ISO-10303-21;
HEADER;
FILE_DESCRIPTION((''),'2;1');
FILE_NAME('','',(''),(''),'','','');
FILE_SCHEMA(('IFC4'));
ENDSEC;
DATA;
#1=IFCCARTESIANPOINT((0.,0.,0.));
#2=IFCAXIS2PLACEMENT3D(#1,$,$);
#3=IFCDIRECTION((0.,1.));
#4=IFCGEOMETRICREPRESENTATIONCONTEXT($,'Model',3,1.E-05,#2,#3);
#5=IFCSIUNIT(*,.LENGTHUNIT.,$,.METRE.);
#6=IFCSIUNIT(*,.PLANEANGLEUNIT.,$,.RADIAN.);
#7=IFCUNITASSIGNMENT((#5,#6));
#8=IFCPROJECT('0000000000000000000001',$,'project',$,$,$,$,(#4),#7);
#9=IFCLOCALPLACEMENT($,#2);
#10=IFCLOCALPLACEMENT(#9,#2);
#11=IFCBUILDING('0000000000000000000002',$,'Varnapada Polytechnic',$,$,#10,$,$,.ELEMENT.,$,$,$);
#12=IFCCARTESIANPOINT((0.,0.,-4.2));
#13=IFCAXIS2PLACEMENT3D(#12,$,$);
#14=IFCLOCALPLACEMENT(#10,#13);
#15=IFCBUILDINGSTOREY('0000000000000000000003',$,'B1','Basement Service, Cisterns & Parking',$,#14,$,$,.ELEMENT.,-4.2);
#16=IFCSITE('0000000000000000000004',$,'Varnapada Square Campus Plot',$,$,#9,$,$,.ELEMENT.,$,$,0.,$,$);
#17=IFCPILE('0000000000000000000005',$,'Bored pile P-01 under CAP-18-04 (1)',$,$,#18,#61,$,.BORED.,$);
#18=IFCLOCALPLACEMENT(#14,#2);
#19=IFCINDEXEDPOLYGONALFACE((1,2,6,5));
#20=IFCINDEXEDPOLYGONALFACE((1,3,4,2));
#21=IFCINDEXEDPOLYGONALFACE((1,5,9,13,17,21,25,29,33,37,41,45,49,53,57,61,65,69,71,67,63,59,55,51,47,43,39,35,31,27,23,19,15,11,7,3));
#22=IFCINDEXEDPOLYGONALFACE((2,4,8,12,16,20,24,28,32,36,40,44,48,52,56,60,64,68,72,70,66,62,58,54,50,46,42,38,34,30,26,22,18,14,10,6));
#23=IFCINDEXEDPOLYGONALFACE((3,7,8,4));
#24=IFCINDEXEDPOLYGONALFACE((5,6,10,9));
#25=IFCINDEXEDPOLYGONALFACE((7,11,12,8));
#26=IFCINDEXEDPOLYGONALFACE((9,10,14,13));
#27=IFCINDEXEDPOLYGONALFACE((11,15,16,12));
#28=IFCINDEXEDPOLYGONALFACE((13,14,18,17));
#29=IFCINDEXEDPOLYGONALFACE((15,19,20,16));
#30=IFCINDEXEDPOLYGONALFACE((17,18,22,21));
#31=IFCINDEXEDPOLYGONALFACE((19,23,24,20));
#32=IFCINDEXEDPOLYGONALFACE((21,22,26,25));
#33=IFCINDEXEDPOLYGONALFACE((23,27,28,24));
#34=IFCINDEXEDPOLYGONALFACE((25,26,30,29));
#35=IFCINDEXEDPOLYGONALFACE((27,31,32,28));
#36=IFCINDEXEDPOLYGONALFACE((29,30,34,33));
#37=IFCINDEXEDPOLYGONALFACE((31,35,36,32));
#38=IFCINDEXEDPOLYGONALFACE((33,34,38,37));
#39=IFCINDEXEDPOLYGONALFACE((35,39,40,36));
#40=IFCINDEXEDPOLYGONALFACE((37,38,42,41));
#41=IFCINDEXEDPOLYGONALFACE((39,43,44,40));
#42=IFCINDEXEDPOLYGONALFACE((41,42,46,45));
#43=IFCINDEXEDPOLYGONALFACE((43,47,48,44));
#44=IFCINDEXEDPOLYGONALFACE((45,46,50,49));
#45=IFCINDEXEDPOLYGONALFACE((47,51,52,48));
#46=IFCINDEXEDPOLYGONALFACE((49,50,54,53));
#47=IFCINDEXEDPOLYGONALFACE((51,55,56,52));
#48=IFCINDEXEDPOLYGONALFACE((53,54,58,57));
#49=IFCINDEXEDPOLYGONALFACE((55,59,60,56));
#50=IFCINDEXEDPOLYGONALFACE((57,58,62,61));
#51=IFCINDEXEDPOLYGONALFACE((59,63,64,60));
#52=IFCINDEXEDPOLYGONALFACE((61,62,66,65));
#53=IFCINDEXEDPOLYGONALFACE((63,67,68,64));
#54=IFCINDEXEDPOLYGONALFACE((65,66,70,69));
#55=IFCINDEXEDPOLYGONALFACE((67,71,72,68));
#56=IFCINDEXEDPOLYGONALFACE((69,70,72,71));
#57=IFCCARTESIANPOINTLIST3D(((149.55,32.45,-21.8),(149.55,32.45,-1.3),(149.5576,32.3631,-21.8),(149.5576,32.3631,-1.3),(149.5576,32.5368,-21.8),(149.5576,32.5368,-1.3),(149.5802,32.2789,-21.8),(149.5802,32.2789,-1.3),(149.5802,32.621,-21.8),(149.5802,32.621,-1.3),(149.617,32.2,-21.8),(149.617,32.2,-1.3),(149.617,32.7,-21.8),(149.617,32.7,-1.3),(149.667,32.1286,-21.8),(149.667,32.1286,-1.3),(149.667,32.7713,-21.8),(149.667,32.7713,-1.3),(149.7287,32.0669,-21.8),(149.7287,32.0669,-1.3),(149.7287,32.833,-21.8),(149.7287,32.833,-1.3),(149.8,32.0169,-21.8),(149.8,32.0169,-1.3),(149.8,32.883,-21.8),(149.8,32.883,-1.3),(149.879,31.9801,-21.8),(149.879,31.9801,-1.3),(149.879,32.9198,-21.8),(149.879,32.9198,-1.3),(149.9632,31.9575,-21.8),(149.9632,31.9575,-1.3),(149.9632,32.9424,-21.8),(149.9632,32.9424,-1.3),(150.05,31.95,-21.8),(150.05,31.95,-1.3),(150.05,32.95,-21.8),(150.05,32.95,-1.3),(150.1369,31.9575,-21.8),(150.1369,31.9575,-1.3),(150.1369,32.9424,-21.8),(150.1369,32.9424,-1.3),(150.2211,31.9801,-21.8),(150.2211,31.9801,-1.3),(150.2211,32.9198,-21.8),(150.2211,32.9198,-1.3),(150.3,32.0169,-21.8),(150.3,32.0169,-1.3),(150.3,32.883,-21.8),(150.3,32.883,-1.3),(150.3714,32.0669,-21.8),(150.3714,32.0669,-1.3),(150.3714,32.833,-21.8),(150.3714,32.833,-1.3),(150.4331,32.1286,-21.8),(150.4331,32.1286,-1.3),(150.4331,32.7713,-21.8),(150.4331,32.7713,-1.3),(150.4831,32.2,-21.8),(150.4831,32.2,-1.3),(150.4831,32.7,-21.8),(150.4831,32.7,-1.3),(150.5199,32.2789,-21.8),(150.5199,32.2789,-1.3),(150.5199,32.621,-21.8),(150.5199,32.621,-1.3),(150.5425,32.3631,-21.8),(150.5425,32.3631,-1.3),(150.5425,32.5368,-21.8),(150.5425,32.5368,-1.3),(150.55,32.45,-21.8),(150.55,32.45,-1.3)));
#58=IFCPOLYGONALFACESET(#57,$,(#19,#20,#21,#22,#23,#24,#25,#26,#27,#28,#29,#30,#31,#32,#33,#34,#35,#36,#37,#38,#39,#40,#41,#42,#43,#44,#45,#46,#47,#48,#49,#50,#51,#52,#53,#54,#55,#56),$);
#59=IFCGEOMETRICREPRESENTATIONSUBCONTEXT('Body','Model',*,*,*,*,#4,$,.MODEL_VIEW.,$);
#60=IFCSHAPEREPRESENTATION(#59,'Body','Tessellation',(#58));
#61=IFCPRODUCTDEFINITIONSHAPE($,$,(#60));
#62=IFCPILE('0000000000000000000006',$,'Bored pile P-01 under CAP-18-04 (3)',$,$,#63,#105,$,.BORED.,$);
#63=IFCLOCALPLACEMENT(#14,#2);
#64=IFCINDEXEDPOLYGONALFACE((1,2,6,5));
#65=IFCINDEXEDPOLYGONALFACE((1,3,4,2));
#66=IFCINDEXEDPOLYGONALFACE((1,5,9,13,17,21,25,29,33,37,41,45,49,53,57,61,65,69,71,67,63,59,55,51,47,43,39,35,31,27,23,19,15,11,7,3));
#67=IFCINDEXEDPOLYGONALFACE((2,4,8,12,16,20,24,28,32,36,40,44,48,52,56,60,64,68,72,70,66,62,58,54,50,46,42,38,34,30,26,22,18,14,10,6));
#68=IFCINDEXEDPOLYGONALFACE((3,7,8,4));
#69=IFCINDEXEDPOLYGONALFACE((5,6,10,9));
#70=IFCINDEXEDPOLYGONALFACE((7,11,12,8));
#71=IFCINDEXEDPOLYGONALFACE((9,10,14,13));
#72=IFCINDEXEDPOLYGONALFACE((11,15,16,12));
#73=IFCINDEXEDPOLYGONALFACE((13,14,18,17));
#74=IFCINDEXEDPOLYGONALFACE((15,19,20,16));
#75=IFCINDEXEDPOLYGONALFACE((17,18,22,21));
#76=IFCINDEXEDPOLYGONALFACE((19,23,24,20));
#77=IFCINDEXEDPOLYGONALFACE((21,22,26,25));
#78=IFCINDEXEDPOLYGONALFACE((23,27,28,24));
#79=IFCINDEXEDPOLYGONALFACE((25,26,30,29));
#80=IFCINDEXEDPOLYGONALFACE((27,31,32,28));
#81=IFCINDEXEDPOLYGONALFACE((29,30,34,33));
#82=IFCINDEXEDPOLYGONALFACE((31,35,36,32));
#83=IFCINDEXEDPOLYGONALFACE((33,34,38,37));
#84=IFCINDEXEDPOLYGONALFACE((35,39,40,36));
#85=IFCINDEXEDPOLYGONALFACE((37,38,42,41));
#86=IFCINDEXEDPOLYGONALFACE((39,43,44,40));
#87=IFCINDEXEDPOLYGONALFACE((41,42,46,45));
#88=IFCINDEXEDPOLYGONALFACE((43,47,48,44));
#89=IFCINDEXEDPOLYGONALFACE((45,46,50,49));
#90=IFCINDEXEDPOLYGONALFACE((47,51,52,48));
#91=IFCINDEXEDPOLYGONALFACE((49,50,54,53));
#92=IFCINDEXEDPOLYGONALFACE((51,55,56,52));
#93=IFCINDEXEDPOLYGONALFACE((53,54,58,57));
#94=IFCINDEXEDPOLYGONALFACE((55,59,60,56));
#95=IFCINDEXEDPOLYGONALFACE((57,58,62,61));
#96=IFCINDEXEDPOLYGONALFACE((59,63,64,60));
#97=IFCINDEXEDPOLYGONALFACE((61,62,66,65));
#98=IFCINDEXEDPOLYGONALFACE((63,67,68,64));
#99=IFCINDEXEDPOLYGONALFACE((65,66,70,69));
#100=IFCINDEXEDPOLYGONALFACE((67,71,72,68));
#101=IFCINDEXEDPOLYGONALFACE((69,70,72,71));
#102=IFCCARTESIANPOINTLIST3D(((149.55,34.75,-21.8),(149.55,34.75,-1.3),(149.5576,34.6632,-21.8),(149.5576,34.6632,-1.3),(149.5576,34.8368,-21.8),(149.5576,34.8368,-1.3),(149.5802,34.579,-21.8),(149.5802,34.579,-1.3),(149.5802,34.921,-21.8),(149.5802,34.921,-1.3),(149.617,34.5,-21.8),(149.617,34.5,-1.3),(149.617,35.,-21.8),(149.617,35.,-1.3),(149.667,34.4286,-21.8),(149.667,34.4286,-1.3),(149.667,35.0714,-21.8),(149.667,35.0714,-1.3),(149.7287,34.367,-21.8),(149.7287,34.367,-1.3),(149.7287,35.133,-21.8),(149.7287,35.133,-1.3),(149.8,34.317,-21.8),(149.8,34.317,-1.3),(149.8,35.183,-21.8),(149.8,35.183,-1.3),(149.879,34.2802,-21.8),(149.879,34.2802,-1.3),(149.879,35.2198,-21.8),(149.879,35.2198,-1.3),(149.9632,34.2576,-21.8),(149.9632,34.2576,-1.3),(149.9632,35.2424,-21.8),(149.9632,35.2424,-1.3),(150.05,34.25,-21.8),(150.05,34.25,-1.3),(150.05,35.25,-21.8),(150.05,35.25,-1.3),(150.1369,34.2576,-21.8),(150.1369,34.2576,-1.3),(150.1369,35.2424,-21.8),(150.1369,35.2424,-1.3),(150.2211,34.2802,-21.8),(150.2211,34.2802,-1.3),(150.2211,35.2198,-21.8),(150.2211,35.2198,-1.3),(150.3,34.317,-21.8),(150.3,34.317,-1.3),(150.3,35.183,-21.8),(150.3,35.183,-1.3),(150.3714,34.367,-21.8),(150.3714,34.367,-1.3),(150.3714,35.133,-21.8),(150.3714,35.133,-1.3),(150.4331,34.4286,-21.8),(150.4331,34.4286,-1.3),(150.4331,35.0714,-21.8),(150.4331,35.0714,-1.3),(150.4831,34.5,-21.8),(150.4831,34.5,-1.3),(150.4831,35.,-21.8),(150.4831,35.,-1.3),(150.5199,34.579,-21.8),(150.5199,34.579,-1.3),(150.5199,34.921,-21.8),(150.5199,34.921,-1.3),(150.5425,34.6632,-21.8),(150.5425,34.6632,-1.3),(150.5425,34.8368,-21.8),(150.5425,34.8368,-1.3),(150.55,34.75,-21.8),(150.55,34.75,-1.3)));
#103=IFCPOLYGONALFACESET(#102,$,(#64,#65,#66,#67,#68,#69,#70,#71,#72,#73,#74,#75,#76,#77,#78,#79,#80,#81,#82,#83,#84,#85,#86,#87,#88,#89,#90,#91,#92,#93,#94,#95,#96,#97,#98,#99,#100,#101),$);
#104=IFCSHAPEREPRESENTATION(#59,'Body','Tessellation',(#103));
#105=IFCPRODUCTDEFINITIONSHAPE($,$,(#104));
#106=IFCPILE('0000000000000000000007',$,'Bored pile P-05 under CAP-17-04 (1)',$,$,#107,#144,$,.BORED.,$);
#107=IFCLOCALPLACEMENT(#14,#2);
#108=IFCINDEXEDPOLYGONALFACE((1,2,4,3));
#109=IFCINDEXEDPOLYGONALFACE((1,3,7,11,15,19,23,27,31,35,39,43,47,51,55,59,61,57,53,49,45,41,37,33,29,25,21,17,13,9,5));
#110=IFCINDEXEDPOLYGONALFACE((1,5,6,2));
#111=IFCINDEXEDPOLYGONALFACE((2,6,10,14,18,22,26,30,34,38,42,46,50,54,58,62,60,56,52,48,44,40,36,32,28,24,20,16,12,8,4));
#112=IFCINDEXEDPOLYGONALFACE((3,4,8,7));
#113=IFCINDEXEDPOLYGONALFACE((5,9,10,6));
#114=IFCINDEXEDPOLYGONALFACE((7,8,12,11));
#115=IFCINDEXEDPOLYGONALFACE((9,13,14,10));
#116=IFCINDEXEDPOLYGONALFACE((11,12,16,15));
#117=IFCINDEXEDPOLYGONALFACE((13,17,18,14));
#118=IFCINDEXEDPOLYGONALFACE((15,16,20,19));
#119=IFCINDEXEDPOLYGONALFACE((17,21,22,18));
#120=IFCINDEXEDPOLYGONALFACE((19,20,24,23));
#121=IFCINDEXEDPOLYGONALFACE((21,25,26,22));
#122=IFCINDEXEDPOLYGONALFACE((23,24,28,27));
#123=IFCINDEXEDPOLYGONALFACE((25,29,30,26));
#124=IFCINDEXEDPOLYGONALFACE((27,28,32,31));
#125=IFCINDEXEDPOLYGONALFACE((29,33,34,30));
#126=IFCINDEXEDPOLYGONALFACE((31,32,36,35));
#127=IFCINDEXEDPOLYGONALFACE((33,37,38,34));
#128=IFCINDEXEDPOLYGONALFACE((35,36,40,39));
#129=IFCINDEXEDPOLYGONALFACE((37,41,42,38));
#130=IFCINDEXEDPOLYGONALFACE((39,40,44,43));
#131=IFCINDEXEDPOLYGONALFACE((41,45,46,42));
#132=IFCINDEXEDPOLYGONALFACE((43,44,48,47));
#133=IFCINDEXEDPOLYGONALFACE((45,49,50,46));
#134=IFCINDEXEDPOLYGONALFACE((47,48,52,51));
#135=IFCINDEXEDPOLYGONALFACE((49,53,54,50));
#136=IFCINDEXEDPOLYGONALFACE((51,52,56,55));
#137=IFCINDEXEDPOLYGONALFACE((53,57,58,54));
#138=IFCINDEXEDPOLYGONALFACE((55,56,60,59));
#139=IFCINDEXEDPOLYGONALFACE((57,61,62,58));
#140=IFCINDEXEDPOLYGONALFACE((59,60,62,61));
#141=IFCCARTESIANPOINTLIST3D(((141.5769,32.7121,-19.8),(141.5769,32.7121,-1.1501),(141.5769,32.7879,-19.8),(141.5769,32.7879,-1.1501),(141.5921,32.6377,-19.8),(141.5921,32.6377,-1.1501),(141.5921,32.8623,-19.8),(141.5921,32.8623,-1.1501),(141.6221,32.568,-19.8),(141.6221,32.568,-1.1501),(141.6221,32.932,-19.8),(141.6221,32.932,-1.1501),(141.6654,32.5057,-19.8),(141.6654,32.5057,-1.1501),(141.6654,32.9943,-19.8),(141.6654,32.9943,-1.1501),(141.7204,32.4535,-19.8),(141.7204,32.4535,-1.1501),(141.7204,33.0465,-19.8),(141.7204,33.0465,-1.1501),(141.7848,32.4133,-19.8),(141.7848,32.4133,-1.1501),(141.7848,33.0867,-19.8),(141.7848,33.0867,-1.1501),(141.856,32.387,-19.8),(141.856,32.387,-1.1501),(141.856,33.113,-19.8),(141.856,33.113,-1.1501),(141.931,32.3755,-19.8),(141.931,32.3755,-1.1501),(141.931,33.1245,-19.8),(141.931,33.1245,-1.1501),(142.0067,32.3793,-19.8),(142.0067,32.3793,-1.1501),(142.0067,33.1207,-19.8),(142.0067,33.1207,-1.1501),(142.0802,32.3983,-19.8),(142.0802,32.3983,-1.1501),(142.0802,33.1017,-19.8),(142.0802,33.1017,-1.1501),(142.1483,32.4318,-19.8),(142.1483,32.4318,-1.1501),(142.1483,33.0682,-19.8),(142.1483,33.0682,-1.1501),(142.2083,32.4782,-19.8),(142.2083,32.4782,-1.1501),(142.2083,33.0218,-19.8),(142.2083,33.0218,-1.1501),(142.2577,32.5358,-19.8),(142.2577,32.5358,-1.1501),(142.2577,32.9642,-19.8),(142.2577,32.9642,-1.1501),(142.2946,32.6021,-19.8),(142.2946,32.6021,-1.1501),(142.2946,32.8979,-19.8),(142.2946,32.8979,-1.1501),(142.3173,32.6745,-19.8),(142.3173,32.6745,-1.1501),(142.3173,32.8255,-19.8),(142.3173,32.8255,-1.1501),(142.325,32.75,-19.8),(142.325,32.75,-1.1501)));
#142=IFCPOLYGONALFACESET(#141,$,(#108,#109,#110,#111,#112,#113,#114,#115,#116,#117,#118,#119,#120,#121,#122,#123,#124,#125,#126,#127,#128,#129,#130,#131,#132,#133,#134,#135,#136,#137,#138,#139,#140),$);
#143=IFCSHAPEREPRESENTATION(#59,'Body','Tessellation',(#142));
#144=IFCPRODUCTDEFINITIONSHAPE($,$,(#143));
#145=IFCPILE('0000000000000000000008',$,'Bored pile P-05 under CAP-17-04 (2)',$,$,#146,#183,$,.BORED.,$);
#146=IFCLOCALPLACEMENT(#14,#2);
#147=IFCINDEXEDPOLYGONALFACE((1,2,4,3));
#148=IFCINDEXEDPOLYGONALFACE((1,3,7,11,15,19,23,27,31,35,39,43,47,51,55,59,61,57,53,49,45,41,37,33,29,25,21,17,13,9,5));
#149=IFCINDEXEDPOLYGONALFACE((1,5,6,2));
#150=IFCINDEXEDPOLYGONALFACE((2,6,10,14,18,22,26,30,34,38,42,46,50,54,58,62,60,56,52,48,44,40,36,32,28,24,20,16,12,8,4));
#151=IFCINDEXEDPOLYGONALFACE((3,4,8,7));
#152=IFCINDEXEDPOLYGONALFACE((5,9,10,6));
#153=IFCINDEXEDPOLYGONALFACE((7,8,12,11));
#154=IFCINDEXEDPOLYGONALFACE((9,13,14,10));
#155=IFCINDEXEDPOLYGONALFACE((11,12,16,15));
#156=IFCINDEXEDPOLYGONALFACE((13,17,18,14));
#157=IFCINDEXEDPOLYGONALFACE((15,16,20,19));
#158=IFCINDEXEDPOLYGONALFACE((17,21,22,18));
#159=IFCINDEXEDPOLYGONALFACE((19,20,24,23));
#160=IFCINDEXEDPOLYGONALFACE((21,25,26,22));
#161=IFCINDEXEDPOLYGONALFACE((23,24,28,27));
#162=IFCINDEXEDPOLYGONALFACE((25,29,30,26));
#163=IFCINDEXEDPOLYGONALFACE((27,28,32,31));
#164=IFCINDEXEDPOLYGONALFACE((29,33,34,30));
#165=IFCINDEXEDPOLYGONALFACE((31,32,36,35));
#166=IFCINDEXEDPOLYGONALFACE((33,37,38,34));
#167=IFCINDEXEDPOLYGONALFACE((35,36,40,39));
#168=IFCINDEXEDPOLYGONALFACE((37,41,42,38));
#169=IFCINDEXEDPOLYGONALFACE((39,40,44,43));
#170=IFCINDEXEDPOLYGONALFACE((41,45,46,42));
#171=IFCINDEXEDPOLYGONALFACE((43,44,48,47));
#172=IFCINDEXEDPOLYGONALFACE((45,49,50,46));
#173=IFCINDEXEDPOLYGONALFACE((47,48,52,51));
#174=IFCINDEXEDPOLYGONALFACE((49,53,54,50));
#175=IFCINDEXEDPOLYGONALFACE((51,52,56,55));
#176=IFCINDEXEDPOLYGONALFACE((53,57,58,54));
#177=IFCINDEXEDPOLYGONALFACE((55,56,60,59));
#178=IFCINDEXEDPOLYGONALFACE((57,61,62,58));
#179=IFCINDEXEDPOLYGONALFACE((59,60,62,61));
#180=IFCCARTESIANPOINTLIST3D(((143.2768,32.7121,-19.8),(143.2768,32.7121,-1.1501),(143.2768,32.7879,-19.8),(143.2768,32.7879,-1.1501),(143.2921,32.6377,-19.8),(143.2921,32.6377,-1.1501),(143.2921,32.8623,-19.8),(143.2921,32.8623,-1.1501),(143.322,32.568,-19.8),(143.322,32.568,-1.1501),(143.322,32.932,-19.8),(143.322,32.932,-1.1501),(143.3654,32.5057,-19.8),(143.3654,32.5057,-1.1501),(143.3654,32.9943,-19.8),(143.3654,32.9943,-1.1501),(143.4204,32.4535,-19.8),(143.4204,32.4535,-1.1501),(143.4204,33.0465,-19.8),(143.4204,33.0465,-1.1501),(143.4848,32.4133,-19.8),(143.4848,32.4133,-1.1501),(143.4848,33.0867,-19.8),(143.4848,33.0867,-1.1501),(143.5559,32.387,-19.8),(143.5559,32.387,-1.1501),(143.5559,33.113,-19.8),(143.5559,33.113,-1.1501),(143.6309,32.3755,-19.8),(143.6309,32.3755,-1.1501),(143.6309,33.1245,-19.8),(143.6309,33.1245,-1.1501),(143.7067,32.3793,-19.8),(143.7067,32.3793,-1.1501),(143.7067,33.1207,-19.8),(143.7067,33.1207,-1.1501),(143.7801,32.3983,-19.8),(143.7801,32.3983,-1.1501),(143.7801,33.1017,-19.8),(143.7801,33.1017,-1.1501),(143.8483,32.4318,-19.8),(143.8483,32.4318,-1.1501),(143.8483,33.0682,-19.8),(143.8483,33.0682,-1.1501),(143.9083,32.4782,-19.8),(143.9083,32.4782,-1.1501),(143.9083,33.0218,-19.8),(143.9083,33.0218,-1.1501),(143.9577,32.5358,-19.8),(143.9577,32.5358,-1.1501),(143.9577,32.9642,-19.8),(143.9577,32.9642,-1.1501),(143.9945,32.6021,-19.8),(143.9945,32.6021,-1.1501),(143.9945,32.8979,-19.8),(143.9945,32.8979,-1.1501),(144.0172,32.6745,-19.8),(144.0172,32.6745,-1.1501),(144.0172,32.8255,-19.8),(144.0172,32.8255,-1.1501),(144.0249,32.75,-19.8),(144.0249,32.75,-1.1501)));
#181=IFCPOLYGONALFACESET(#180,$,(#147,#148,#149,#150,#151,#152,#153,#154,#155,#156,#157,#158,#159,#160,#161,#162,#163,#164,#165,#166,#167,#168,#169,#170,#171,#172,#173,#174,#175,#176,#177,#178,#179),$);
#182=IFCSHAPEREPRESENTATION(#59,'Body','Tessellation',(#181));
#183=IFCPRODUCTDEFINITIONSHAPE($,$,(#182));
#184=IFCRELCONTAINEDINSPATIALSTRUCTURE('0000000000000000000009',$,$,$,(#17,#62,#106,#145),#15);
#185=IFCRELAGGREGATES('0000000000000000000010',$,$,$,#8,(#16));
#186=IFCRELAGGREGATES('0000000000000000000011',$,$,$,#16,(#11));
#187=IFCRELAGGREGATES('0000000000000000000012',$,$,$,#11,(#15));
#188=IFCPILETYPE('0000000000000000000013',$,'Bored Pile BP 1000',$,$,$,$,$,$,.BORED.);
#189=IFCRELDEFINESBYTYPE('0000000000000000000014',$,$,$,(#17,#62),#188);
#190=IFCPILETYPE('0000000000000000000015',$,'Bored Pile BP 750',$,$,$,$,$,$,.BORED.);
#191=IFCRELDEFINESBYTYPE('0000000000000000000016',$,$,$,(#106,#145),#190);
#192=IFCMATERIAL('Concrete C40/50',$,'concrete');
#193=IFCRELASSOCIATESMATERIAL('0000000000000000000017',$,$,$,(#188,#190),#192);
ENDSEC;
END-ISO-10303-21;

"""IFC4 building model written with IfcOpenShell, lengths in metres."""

from ifc_helpers import new_model, si_unit, direction, frame, origin, origin_2d, place, context, subcontext, project, spatial, circle, extrude, material, material_profile, profile_set, type_object, element, save


model = new_model("IFC4")

# Units and contexts
model_context = context("Model", 3, precision=1e-05, world=origin(), true_north=direction((0.0, 1.0)))
body_context = subcontext(model_context, "Body", "Model", "MODEL_VIEW")
ifc_project = project(units=[si_unit("LENGTHUNIT", "METRE"), si_unit("PLANEANGLEUNIT", "RADIAN")], contexts=[model_context])

# Site, building, storey
site_placement = place(None, origin())
site = spatial("IfcSite", under=ifc_project, at=site_placement, Name="Varnapada Square Campus Plot", CompositionType="ELEMENT", RefElevation=0.0)
building_placement = place(site_placement, origin())
building = spatial("IfcBuilding", under=site, at=building_placement, Name="Varnapada Polytechnic", CompositionType="ELEMENT")
storey_placement = place(building_placement, frame((0.0, 0.0, -4.2)))
storey = spatial("IfcBuildingStorey", under=building, at=storey_placement, Name="B1", Description="Basement Service, Cisterns & Parking", CompositionType="ELEMENT", Elevation=-4.2)

# Piles
ifc_material_1 = material(Name="Concrete C40/50", Category="concrete")
ifc_material_profile_1 = material_profile(ifc_material_1, circle(Radius=0.5, at=origin_2d()), Name="BP 1000")
ifc_profile_set_1 = profile_set([ifc_material_profile_1], Name="Concrete C40/50")
pile_type_1 = type_object("IfcPileType", Name="Bored Pile BP 1000", PredefinedType="BORED", material=ifc_profile_set_1)
for number, where, z_axis, x_axis, name in (
    (1, (150.05, 32.45, -1.3), (0.0, 0.0, -1.0), (1.0, 0.0, 0.0), "Bored pile P-01 under CAP-18-04 (1)"),
    (2, (150.05, 34.75, -1.3), (0.0, 0.0, -1.0), (1.0, 0.0, 0.0), "Bored pile P-01 under CAP-18-04 (3)"),
):
    element("IfcPile", number, at=place(storey_placement, frame(where, z_axis=z_axis, x_axis=x_axis)), inside=storey, type_object=pile_type_1, Name=name, PredefinedType="BORED", context=body_context, shape_type="SweptSolid", body=[
        extrude(circle(Radius=0.5, at=origin_2d()), origin(), (0.0, 0.0, 1.0), 20.5),
    ])
ifc_material_profile_2 = material_profile(ifc_material_1, circle(Radius=0.375, at=origin_2d()), Name="BP 750")
ifc_profile_set_2 = profile_set([ifc_material_profile_2], Name="Concrete C40/50")
pile_type_2 = type_object("IfcPileType", Name="Bored Pile BP 750", PredefinedType="BORED", material=ifc_profile_set_2)
for number, where, z_axis, x_axis, name in (
    (3, (141.95, 32.75, -1.1501), (0.0, 0.0, -1.0), (1.0, 0.0, 0.0), "Bored pile P-05 under CAP-17-04 (1)"),
    (4, (143.6499, 32.75, -1.1501), (0.0, 0.0, -1.0), (1.0, 0.0, 0.0), "Bored pile P-05 under CAP-17-04 (2)"),
):
    element("IfcPile", number, at=place(storey_placement, frame(where, z_axis=z_axis, x_axis=x_axis)), inside=storey, type_object=pile_type_2, Name=name, PredefinedType="BORED", context=body_context, shape_type="SweptSolid", body=[
        extrude(circle(Radius=0.375, at=origin_2d()), origin(), (0.0, 0.0, 1.0), 18.6499),
    ])

save(model, "model.ifc")
